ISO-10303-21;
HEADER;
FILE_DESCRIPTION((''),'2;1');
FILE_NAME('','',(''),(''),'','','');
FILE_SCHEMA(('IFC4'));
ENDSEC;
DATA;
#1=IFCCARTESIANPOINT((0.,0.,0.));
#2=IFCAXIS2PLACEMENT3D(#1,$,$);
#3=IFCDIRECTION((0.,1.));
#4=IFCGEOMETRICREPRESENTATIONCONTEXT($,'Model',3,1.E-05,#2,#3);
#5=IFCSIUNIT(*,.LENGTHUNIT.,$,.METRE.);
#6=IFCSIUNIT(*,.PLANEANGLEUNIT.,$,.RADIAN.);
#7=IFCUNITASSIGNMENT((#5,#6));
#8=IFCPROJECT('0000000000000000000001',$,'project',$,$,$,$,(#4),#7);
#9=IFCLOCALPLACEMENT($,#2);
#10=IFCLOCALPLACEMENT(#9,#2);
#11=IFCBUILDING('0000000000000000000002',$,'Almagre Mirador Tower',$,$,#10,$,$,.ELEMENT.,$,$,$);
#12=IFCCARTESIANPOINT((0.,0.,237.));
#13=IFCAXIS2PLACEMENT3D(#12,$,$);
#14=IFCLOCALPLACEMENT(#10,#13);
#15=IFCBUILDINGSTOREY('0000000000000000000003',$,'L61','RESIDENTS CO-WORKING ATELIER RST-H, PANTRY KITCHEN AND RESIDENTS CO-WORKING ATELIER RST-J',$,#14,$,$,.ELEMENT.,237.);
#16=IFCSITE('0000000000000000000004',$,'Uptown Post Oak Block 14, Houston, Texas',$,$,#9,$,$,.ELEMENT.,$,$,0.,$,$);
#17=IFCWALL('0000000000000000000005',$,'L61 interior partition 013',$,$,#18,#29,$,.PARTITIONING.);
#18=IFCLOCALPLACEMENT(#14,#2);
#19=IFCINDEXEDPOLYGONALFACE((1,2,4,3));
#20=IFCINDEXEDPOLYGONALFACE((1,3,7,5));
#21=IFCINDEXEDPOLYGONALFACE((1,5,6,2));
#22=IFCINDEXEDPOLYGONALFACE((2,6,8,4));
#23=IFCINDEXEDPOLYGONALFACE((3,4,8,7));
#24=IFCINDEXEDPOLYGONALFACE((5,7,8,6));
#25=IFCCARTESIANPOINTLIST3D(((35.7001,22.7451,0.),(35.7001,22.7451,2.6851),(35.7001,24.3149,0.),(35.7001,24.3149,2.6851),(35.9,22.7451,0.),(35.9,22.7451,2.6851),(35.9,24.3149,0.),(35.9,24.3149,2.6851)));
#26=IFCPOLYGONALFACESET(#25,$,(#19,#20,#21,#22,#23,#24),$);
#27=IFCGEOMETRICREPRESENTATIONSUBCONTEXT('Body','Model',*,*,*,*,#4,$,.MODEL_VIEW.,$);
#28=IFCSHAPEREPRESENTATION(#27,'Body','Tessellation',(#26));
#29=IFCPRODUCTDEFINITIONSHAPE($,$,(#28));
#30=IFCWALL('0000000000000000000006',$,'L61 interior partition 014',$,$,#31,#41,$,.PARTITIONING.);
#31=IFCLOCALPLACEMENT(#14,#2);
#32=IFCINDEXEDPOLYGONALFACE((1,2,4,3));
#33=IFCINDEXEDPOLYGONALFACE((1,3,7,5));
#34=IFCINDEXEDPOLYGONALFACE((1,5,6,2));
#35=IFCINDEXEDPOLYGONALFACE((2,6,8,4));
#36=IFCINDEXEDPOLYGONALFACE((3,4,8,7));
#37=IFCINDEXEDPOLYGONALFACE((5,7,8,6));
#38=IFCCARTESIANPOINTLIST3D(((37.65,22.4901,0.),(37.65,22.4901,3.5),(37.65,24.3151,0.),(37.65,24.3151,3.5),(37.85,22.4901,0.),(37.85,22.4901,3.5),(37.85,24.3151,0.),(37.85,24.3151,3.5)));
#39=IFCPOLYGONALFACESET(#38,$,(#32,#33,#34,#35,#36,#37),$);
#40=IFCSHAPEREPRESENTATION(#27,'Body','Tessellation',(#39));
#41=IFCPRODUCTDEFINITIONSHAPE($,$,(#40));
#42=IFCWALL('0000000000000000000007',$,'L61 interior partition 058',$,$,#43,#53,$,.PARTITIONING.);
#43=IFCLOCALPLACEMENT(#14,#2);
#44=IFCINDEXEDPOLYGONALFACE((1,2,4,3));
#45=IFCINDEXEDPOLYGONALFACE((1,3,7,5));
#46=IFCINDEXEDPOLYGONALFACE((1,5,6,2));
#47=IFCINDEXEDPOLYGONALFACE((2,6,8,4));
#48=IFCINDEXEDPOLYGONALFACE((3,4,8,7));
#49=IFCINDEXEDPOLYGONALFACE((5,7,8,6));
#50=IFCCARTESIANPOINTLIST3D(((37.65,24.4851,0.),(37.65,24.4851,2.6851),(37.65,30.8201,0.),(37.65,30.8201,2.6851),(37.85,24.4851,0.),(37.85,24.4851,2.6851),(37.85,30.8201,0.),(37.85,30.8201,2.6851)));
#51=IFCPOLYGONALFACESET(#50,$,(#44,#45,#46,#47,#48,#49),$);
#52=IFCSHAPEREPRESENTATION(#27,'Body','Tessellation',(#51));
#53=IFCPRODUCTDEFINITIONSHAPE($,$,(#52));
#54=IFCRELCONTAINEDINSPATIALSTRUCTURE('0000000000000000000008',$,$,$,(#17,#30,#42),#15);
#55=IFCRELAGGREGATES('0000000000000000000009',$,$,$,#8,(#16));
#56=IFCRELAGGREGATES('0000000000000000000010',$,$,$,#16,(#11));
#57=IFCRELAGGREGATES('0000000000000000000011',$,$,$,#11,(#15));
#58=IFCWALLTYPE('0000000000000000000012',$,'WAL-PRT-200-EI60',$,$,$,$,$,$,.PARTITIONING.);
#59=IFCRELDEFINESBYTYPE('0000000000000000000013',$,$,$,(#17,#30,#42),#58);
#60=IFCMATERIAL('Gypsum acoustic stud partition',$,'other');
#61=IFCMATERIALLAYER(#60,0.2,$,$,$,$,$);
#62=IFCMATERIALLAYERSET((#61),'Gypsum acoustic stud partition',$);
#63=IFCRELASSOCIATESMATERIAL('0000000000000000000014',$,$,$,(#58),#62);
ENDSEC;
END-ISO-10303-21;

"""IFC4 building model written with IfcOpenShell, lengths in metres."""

from ifc_helpers import new_model, si_unit, direction, frame, frame_2d, origin, place, context, subcontext, project, spatial, rectangle, extrude, material, layer, layer_set, type_object, element, save


model = new_model("IFC4")

# Units and contexts
model_context = context("Model", 3, precision=1e-05, world=origin(), true_north=direction((0.0, 1.0)))
body_context = subcontext(model_context, "Body", "Model", "MODEL_VIEW")
ifc_project = project(units=[si_unit("LENGTHUNIT", "METRE"), si_unit("PLANEANGLEUNIT", "RADIAN")], contexts=[model_context])

# Site, building, storey
site_placement = place(None, origin())
site = spatial("IfcSite", under=ifc_project, at=site_placement, Name="Uptown Post Oak Block 14, Houston, Texas", CompositionType="ELEMENT", RefElevation=0.0)
building_placement = place(site_placement, origin())
building = spatial("IfcBuilding", under=site, at=building_placement, Name="Almagre Mirador Tower", CompositionType="ELEMENT")
storey_placement = place(building_placement, frame((0.0, 0.0, 237.0)))
storey = spatial("IfcBuildingStorey", under=building, at=storey_placement, Name="L61", Description="RESIDENTS CO-WORKING ATELIER RST-H, PANTRY KITCHEN AND RESIDENTS CO-WORKING ATELIER RST-J", CompositionType="ELEMENT", Elevation=237.0)

# Shared definitions
ifc_material_1 = material(Name="Gypsum acoustic stud partition", Category="other")
ifc_layer_1 = layer(ifc_material_1, 0.2)
ifc_layer_set_1 = layer_set([ifc_layer_1], Name="Gypsum acoustic stud partition")
wall_type_1 = type_object("IfcWallType", Name="WAL-PRT-200-EI60", PredefinedType="PARTITIONING", material=ifc_layer_set_1)

# Walls
wall_1_placement = place(storey_placement, frame((35.8, 24.3149, 0.0), z_axis=(0.0, 0.0, 1.0), x_axis=(0.0, -1.0, 0.0)))
element("IfcWall", 1, at=wall_1_placement, inside=storey, type_object=wall_type_1, Name="L61 interior partition 013", PredefinedType="PARTITIONING", context=body_context, shape_type="SweptSolid", body=[
    extrude(rectangle(XDim=1.5698, YDim=0.2, at=frame_2d((0.7849, 0.0))), origin(), (0.0, 0.0, 1.0), 2.6851),
])
wall_2_placement = place(storey_placement, frame((37.75, 22.49, 0.0), z_axis=(0.0, 0.0, 1.0), x_axis=(0.0, 1.0, 0.0)))
element("IfcWall", 2, at=wall_2_placement, inside=storey, type_object=wall_type_1, Name="L61 interior partition 014", PredefinedType="PARTITIONING", context=body_context, shape_type="SweptSolid", body=[
    extrude(rectangle(XDim=1.825, YDim=0.2, at=frame_2d((0.9126, 0.0))), origin(), (0.0, 0.0, 1.0), 3.5),
])
wall_3_placement = place(storey_placement, frame((37.75, 24.4851, 0.0), z_axis=(0.0, 0.0, 1.0), x_axis=(0.0, 1.0, 0.0)))
element("IfcWall", 3, at=wall_3_placement, inside=storey, type_object=wall_type_1, Name="L61 interior partition 058", PredefinedType="PARTITIONING", context=body_context, shape_type="SweptSolid", body=[
    extrude(rectangle(XDim=6.335, YDim=0.2, at=frame_2d((3.1675, 0.0))), origin(), (0.0, 0.0, 1.0), 2.6851),
])

save(model, "model.ifc")
